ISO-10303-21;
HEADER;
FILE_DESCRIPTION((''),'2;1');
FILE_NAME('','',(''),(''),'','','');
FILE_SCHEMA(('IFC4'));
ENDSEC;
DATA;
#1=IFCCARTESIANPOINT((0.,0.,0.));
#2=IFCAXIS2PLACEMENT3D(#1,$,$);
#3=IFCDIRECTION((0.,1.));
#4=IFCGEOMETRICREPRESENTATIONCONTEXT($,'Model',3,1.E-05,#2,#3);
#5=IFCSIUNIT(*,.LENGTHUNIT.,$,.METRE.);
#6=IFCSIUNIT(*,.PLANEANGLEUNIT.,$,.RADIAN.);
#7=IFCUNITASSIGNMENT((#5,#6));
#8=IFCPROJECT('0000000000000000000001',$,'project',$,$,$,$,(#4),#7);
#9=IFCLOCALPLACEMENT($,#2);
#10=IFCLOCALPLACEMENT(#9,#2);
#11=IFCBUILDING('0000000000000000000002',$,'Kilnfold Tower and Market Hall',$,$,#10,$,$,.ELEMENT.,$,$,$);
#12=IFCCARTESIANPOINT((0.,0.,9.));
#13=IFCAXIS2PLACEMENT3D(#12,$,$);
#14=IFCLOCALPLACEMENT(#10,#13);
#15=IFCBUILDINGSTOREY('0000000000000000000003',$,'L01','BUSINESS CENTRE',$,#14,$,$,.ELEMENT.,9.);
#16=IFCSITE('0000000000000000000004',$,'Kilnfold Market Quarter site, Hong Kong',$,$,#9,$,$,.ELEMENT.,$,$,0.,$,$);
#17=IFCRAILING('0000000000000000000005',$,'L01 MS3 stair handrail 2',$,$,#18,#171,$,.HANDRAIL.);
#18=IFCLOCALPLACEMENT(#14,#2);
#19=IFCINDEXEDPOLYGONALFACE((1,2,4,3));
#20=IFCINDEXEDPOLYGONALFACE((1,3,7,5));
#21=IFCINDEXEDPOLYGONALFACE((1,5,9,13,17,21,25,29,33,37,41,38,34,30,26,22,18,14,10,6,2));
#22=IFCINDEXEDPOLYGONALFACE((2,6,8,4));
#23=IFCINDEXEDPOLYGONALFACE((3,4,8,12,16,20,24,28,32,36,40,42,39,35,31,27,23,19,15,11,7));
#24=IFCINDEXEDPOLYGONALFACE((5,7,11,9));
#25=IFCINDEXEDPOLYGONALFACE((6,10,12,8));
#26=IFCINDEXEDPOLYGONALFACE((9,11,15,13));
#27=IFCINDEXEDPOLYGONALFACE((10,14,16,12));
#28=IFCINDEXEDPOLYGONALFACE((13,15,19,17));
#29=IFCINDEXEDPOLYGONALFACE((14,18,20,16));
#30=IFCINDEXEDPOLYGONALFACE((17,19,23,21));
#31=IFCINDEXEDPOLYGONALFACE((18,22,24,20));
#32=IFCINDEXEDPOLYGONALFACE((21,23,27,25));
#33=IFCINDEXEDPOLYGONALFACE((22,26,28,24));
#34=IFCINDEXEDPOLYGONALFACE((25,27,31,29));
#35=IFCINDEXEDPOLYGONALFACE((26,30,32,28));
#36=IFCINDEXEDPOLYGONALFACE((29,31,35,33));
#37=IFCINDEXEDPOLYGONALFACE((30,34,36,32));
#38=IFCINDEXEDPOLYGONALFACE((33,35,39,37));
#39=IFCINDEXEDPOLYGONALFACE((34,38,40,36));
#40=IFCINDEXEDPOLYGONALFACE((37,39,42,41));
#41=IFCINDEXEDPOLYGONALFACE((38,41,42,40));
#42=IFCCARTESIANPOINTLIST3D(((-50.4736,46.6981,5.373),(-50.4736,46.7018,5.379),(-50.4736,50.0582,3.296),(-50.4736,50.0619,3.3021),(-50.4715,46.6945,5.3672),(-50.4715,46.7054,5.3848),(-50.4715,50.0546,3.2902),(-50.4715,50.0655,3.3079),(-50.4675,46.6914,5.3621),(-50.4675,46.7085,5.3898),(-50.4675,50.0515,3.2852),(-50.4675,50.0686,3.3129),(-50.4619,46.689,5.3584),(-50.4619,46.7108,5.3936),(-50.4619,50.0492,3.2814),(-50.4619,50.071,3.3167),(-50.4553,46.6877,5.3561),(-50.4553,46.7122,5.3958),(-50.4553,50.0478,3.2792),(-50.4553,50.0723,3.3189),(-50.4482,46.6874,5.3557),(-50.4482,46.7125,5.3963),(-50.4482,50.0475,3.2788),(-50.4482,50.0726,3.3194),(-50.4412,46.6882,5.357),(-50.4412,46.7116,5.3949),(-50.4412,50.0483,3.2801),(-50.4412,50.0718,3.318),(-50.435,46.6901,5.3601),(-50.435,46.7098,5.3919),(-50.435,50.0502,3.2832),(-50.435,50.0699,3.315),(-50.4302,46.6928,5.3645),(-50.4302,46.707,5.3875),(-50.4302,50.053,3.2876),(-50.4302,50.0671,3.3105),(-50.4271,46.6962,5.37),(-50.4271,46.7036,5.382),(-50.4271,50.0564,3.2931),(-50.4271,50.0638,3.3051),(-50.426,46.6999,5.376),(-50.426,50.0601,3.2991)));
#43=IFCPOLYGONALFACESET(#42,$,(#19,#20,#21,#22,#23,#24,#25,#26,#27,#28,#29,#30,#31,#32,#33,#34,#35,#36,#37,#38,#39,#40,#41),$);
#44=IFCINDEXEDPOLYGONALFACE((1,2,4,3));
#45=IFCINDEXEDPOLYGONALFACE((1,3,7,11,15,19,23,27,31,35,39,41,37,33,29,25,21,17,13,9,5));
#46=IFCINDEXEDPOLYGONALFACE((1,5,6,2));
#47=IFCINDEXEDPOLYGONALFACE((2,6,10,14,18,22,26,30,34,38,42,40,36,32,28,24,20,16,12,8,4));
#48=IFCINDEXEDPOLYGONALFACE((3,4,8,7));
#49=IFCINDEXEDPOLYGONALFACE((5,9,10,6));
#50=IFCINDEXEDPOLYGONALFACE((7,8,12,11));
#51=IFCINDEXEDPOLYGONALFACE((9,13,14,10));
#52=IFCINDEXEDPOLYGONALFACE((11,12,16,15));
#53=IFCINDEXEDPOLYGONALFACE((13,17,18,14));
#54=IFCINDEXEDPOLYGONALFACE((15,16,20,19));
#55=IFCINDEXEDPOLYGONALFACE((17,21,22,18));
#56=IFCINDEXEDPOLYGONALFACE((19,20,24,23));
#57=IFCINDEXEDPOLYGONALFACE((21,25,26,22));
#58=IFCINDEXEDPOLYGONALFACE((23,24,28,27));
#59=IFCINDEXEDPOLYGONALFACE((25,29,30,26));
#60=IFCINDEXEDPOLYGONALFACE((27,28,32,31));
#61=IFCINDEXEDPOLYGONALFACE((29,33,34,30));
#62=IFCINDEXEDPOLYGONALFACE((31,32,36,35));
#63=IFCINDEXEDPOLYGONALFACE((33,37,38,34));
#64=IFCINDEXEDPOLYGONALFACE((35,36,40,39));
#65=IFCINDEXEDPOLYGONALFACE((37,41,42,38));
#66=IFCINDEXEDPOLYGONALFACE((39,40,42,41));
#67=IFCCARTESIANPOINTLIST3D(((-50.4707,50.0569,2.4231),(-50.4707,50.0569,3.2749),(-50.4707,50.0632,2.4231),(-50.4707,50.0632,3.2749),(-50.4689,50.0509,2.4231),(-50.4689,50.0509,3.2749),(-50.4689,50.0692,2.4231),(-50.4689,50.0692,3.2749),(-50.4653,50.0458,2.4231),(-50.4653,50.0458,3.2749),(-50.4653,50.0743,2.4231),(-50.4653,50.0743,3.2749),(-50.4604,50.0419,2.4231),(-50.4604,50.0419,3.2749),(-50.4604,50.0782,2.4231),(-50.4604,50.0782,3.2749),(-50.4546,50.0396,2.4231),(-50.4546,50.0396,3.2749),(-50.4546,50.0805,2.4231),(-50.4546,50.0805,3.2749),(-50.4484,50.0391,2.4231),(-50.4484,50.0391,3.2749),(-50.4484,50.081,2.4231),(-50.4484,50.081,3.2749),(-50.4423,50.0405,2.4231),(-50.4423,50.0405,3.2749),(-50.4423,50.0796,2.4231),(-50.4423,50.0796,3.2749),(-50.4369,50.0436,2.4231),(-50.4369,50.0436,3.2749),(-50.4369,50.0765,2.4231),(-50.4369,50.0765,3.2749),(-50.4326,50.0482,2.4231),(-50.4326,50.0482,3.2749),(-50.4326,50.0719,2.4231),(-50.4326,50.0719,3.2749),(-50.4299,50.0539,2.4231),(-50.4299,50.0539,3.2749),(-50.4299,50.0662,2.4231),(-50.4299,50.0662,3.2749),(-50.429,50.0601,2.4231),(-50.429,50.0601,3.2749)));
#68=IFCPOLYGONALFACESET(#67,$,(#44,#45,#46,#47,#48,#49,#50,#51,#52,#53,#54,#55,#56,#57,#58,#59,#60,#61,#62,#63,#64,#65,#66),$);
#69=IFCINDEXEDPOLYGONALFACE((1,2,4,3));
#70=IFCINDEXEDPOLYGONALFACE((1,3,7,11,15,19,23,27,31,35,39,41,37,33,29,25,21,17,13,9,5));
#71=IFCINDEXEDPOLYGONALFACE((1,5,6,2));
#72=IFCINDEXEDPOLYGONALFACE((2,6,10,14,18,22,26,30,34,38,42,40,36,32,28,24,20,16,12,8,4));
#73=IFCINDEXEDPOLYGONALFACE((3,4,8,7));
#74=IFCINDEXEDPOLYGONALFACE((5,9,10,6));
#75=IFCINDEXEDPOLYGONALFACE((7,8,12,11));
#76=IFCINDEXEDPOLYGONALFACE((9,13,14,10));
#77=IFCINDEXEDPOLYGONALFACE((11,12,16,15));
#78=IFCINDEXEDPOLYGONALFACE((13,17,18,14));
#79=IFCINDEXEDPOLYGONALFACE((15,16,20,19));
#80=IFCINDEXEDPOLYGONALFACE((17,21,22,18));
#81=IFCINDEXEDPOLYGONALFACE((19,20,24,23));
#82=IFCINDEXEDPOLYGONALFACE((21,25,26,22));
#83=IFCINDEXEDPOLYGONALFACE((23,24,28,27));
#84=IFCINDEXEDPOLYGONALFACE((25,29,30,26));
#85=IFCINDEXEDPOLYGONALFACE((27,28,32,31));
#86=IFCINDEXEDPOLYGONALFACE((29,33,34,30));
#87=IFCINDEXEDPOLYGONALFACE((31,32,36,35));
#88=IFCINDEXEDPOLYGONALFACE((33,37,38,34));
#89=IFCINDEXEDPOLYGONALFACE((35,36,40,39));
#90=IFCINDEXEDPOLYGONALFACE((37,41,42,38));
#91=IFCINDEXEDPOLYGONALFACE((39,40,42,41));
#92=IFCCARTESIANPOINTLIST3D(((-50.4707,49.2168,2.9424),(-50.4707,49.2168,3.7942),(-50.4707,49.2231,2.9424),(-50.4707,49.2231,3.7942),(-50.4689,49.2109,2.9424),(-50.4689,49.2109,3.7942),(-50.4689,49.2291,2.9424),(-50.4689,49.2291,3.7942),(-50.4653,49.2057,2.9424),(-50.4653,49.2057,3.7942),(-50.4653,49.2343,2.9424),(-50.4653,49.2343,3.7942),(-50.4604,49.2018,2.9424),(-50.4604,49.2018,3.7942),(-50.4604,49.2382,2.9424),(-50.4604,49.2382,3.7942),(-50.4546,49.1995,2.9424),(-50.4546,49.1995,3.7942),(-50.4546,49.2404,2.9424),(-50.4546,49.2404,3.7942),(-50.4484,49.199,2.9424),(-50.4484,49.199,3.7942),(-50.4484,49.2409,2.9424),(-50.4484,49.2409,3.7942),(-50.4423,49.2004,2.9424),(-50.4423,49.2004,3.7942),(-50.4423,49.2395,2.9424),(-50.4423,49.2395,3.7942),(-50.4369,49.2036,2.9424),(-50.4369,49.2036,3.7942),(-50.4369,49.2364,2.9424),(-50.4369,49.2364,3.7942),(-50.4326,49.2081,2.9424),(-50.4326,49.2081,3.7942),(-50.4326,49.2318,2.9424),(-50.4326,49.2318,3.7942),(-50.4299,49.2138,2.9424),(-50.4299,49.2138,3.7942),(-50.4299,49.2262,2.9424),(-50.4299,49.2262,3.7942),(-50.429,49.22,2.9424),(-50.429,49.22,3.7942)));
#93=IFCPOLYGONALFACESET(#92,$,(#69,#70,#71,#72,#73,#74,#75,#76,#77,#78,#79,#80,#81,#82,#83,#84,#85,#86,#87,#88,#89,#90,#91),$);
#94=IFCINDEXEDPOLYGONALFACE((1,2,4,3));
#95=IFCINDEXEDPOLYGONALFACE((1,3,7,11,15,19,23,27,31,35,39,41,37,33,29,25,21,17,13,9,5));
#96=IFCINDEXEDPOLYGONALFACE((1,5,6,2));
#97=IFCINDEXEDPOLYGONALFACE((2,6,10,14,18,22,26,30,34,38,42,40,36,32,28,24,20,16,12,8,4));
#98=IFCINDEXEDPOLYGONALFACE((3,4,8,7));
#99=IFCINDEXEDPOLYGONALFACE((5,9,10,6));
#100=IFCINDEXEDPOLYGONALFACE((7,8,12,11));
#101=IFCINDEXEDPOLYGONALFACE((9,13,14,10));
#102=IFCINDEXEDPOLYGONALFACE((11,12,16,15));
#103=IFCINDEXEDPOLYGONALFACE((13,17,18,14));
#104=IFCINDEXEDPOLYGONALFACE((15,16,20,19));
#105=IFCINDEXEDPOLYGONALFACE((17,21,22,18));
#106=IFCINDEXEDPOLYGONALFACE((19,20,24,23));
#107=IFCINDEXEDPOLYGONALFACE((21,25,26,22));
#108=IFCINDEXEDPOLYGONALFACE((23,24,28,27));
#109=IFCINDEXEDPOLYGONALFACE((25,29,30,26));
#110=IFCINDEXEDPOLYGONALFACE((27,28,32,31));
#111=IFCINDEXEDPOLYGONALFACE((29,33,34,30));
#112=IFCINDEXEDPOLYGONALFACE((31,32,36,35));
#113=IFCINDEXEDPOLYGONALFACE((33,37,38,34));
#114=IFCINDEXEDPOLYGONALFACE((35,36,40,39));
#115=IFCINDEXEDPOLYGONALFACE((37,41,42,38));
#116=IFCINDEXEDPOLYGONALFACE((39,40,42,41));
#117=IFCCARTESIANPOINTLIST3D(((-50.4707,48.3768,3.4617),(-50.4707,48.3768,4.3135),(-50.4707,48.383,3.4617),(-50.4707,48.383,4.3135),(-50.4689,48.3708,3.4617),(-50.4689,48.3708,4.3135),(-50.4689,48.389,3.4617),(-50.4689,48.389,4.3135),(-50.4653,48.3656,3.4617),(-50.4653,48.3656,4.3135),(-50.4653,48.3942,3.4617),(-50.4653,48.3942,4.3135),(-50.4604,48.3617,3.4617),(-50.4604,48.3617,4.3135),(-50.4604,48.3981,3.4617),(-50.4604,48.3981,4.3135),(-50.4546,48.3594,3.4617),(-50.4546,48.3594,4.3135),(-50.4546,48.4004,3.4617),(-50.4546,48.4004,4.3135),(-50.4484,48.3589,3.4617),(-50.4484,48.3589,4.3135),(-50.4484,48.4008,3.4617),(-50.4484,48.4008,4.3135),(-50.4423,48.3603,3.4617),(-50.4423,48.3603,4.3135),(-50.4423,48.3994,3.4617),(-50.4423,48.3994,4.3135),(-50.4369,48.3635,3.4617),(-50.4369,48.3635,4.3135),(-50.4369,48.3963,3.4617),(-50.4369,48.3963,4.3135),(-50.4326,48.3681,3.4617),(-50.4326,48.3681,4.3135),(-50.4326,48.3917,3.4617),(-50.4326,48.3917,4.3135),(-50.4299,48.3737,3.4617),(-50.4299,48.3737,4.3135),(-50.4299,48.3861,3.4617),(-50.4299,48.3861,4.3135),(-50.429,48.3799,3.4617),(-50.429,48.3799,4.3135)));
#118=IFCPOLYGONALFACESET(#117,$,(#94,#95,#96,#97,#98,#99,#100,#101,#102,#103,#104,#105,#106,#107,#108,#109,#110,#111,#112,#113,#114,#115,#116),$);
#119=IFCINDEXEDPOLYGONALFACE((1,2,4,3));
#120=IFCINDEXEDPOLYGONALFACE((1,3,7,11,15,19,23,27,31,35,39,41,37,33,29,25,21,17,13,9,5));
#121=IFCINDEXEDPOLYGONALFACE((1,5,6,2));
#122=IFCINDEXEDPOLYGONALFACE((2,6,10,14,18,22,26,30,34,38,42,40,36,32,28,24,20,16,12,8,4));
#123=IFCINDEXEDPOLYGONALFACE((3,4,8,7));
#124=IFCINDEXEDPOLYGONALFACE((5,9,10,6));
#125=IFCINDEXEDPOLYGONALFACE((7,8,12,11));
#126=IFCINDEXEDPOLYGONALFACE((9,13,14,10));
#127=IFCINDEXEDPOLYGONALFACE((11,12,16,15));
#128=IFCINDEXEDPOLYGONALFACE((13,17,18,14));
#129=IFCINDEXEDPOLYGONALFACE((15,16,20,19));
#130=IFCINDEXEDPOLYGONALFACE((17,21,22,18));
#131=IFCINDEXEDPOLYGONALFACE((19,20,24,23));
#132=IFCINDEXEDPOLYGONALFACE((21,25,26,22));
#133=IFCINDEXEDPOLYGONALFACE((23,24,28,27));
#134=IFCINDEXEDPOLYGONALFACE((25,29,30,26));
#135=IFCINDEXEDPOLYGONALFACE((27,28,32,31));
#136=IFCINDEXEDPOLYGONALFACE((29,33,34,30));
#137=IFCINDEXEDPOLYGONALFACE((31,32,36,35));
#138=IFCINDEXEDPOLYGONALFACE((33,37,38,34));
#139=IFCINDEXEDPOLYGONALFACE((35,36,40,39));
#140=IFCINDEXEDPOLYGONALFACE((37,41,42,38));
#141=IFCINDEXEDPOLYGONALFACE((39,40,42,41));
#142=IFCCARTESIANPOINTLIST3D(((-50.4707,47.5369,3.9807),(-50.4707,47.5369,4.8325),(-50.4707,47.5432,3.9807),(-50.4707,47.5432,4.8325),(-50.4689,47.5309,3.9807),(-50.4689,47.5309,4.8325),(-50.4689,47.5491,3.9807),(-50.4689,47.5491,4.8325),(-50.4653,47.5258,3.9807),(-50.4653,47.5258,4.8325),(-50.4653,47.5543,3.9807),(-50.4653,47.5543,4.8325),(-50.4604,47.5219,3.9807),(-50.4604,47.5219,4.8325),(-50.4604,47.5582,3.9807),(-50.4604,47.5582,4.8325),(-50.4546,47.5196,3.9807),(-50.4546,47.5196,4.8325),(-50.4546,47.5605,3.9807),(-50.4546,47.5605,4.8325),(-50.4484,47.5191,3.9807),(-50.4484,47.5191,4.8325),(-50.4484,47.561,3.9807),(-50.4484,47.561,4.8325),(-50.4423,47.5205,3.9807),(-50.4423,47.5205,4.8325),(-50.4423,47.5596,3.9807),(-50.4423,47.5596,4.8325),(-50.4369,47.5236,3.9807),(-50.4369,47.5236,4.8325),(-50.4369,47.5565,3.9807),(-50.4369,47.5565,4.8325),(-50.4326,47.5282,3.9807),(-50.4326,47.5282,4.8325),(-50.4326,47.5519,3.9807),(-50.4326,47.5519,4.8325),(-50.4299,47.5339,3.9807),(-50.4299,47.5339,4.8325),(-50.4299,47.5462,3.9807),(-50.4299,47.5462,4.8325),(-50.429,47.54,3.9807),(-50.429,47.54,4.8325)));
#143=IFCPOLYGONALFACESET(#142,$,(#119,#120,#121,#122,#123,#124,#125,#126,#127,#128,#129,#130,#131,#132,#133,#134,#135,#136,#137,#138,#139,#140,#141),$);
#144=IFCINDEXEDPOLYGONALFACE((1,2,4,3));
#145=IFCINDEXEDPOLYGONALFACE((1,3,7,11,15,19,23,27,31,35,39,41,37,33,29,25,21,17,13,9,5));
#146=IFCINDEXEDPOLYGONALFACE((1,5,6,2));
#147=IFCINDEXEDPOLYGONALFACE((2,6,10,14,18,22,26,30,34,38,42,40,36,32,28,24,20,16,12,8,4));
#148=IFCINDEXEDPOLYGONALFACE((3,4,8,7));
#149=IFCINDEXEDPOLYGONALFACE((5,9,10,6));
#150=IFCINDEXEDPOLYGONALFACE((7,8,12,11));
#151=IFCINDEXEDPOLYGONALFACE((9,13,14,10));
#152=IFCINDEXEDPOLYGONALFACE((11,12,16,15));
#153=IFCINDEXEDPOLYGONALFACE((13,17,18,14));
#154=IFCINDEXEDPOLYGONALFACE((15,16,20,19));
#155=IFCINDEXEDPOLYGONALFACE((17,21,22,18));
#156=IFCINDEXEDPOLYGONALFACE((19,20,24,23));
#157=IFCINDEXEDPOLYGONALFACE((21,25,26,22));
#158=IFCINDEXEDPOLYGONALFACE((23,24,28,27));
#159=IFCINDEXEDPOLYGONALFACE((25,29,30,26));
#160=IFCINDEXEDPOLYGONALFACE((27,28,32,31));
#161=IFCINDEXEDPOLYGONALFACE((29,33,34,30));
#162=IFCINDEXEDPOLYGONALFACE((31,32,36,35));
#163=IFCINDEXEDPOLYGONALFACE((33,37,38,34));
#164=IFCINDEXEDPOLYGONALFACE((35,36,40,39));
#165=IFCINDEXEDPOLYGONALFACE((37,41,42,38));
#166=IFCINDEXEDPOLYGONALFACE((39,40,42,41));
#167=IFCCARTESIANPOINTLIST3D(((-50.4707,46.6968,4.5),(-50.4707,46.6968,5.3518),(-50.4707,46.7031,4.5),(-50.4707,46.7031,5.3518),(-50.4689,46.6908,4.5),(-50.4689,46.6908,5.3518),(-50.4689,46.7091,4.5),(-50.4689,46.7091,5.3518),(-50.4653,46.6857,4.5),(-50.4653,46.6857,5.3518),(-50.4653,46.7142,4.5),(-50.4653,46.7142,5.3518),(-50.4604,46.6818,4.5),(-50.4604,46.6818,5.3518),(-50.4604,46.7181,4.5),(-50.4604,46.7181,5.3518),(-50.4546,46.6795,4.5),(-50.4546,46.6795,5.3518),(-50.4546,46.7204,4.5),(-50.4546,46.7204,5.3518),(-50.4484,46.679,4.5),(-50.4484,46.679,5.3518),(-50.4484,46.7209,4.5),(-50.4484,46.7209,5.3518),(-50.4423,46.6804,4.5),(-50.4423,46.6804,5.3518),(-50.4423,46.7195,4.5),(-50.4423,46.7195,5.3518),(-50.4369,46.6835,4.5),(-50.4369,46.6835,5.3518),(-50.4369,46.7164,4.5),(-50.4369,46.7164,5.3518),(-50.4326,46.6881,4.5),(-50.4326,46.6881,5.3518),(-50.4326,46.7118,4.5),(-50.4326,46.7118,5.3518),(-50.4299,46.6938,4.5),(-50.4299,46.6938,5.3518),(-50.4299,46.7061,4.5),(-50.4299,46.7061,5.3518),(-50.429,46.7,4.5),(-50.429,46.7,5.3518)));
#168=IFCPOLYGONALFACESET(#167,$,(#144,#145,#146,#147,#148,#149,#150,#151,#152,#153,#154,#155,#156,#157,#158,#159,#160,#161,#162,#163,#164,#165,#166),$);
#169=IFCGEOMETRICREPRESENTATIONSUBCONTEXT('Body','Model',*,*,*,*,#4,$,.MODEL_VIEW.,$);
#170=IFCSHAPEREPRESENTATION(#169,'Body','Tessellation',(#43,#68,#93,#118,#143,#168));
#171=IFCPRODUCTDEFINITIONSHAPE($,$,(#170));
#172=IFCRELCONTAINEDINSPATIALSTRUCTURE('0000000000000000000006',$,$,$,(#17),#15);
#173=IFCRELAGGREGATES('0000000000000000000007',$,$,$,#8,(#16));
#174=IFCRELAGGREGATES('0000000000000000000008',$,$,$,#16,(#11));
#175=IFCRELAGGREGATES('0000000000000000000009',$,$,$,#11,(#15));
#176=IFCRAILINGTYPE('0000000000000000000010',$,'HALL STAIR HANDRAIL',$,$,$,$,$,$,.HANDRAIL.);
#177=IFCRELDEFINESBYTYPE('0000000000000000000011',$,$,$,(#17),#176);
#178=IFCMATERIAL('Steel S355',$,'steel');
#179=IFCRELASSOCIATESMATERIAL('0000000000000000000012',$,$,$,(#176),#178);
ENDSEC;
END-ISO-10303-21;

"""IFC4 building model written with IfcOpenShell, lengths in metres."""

from ifc_helpers import new_model, si_unit, direction, frame, origin, origin_2d, place, context, subcontext, project, spatial, circle, extrude, material, type_object, element, save


model = new_model("IFC4")

# Units and contexts
model_context = context("Model", 3, precision=1e-05, world=origin(), true_north=direction((0.0, 1.0)))
body_context = subcontext(model_context, "Body", "Model", "MODEL_VIEW")
ifc_project = project(units=[si_unit("LENGTHUNIT", "METRE"), si_unit("PLANEANGLEUNIT", "RADIAN")], contexts=[model_context])

# Site, building, storey
site_placement = place(None, origin())
site = spatial("IfcSite", under=ifc_project, at=site_placement, Name="Kilnfold Market Quarter site, Hong Kong", CompositionType="ELEMENT", RefElevation=0.0)
building_placement = place(site_placement, origin())
building = spatial("IfcBuilding", under=site, at=building_placement, Name="Kilnfold Tower and Market Hall", CompositionType="ELEMENT")
storey_placement = place(building_placement, frame((0.0, 0.0, 9.0)))
storey = spatial("IfcBuildingStorey", under=building, at=storey_placement, Name="L01", Description="BUSINESS CENTRE", CompositionType="ELEMENT", Elevation=9.0)

# Railing
ifc_material_1 = material(Name="Steel S355", Category="steel")
railing_type_1 = type_object("IfcRailingType", Name="HALL STAIR HANDRAIL", PredefinedType="HANDRAIL", material=ifc_material_1)
railing_1_placement = place(storey_placement, frame((-50.45, 50.0601, 2.4231)))
element("IfcRailing", 1, at=railing_1_placement, inside=storey, type_object=railing_type_1, Name="L01 MS3 stair handrail 2", PredefinedType="HANDRAIL", context=body_context, shape_type="SweptSolid", body=[
    extrude(circle(Radius=0.0239, at=origin_2d()), frame((0.0, 0.0, 0.876), z_axis=(0.0, -0.850623, 0.525776), x_axis=(1.0, 0.0, 0.0)), (0.0, 0.0, 1.0), 3.9502),
    extrude(circle(Radius=0.021, at=origin_2d()), origin(), (0.0, 0.0, 1.0), 0.8518),
    extrude(circle(Radius=0.021, at=origin_2d()), frame((0.0, -0.8401, 0.5193)), (0.0, 0.0, 1.0), 0.8518),
    extrude(circle(Radius=0.021, at=origin_2d()), frame((0.0, -1.6802, 1.0386)), (0.0, 0.0, 1.0), 0.8518),
    extrude(circle(Radius=0.021, at=origin_2d()), frame((0.0, -2.52, 1.5576)), (0.0, 0.0, 1.0), 0.8518),
    extrude(circle(Radius=0.021, at=origin_2d()), frame((0.0, -3.3601, 2.0769)), (0.0, 0.0, 1.0), 0.8518),
])

save(model, "model.ifc")
